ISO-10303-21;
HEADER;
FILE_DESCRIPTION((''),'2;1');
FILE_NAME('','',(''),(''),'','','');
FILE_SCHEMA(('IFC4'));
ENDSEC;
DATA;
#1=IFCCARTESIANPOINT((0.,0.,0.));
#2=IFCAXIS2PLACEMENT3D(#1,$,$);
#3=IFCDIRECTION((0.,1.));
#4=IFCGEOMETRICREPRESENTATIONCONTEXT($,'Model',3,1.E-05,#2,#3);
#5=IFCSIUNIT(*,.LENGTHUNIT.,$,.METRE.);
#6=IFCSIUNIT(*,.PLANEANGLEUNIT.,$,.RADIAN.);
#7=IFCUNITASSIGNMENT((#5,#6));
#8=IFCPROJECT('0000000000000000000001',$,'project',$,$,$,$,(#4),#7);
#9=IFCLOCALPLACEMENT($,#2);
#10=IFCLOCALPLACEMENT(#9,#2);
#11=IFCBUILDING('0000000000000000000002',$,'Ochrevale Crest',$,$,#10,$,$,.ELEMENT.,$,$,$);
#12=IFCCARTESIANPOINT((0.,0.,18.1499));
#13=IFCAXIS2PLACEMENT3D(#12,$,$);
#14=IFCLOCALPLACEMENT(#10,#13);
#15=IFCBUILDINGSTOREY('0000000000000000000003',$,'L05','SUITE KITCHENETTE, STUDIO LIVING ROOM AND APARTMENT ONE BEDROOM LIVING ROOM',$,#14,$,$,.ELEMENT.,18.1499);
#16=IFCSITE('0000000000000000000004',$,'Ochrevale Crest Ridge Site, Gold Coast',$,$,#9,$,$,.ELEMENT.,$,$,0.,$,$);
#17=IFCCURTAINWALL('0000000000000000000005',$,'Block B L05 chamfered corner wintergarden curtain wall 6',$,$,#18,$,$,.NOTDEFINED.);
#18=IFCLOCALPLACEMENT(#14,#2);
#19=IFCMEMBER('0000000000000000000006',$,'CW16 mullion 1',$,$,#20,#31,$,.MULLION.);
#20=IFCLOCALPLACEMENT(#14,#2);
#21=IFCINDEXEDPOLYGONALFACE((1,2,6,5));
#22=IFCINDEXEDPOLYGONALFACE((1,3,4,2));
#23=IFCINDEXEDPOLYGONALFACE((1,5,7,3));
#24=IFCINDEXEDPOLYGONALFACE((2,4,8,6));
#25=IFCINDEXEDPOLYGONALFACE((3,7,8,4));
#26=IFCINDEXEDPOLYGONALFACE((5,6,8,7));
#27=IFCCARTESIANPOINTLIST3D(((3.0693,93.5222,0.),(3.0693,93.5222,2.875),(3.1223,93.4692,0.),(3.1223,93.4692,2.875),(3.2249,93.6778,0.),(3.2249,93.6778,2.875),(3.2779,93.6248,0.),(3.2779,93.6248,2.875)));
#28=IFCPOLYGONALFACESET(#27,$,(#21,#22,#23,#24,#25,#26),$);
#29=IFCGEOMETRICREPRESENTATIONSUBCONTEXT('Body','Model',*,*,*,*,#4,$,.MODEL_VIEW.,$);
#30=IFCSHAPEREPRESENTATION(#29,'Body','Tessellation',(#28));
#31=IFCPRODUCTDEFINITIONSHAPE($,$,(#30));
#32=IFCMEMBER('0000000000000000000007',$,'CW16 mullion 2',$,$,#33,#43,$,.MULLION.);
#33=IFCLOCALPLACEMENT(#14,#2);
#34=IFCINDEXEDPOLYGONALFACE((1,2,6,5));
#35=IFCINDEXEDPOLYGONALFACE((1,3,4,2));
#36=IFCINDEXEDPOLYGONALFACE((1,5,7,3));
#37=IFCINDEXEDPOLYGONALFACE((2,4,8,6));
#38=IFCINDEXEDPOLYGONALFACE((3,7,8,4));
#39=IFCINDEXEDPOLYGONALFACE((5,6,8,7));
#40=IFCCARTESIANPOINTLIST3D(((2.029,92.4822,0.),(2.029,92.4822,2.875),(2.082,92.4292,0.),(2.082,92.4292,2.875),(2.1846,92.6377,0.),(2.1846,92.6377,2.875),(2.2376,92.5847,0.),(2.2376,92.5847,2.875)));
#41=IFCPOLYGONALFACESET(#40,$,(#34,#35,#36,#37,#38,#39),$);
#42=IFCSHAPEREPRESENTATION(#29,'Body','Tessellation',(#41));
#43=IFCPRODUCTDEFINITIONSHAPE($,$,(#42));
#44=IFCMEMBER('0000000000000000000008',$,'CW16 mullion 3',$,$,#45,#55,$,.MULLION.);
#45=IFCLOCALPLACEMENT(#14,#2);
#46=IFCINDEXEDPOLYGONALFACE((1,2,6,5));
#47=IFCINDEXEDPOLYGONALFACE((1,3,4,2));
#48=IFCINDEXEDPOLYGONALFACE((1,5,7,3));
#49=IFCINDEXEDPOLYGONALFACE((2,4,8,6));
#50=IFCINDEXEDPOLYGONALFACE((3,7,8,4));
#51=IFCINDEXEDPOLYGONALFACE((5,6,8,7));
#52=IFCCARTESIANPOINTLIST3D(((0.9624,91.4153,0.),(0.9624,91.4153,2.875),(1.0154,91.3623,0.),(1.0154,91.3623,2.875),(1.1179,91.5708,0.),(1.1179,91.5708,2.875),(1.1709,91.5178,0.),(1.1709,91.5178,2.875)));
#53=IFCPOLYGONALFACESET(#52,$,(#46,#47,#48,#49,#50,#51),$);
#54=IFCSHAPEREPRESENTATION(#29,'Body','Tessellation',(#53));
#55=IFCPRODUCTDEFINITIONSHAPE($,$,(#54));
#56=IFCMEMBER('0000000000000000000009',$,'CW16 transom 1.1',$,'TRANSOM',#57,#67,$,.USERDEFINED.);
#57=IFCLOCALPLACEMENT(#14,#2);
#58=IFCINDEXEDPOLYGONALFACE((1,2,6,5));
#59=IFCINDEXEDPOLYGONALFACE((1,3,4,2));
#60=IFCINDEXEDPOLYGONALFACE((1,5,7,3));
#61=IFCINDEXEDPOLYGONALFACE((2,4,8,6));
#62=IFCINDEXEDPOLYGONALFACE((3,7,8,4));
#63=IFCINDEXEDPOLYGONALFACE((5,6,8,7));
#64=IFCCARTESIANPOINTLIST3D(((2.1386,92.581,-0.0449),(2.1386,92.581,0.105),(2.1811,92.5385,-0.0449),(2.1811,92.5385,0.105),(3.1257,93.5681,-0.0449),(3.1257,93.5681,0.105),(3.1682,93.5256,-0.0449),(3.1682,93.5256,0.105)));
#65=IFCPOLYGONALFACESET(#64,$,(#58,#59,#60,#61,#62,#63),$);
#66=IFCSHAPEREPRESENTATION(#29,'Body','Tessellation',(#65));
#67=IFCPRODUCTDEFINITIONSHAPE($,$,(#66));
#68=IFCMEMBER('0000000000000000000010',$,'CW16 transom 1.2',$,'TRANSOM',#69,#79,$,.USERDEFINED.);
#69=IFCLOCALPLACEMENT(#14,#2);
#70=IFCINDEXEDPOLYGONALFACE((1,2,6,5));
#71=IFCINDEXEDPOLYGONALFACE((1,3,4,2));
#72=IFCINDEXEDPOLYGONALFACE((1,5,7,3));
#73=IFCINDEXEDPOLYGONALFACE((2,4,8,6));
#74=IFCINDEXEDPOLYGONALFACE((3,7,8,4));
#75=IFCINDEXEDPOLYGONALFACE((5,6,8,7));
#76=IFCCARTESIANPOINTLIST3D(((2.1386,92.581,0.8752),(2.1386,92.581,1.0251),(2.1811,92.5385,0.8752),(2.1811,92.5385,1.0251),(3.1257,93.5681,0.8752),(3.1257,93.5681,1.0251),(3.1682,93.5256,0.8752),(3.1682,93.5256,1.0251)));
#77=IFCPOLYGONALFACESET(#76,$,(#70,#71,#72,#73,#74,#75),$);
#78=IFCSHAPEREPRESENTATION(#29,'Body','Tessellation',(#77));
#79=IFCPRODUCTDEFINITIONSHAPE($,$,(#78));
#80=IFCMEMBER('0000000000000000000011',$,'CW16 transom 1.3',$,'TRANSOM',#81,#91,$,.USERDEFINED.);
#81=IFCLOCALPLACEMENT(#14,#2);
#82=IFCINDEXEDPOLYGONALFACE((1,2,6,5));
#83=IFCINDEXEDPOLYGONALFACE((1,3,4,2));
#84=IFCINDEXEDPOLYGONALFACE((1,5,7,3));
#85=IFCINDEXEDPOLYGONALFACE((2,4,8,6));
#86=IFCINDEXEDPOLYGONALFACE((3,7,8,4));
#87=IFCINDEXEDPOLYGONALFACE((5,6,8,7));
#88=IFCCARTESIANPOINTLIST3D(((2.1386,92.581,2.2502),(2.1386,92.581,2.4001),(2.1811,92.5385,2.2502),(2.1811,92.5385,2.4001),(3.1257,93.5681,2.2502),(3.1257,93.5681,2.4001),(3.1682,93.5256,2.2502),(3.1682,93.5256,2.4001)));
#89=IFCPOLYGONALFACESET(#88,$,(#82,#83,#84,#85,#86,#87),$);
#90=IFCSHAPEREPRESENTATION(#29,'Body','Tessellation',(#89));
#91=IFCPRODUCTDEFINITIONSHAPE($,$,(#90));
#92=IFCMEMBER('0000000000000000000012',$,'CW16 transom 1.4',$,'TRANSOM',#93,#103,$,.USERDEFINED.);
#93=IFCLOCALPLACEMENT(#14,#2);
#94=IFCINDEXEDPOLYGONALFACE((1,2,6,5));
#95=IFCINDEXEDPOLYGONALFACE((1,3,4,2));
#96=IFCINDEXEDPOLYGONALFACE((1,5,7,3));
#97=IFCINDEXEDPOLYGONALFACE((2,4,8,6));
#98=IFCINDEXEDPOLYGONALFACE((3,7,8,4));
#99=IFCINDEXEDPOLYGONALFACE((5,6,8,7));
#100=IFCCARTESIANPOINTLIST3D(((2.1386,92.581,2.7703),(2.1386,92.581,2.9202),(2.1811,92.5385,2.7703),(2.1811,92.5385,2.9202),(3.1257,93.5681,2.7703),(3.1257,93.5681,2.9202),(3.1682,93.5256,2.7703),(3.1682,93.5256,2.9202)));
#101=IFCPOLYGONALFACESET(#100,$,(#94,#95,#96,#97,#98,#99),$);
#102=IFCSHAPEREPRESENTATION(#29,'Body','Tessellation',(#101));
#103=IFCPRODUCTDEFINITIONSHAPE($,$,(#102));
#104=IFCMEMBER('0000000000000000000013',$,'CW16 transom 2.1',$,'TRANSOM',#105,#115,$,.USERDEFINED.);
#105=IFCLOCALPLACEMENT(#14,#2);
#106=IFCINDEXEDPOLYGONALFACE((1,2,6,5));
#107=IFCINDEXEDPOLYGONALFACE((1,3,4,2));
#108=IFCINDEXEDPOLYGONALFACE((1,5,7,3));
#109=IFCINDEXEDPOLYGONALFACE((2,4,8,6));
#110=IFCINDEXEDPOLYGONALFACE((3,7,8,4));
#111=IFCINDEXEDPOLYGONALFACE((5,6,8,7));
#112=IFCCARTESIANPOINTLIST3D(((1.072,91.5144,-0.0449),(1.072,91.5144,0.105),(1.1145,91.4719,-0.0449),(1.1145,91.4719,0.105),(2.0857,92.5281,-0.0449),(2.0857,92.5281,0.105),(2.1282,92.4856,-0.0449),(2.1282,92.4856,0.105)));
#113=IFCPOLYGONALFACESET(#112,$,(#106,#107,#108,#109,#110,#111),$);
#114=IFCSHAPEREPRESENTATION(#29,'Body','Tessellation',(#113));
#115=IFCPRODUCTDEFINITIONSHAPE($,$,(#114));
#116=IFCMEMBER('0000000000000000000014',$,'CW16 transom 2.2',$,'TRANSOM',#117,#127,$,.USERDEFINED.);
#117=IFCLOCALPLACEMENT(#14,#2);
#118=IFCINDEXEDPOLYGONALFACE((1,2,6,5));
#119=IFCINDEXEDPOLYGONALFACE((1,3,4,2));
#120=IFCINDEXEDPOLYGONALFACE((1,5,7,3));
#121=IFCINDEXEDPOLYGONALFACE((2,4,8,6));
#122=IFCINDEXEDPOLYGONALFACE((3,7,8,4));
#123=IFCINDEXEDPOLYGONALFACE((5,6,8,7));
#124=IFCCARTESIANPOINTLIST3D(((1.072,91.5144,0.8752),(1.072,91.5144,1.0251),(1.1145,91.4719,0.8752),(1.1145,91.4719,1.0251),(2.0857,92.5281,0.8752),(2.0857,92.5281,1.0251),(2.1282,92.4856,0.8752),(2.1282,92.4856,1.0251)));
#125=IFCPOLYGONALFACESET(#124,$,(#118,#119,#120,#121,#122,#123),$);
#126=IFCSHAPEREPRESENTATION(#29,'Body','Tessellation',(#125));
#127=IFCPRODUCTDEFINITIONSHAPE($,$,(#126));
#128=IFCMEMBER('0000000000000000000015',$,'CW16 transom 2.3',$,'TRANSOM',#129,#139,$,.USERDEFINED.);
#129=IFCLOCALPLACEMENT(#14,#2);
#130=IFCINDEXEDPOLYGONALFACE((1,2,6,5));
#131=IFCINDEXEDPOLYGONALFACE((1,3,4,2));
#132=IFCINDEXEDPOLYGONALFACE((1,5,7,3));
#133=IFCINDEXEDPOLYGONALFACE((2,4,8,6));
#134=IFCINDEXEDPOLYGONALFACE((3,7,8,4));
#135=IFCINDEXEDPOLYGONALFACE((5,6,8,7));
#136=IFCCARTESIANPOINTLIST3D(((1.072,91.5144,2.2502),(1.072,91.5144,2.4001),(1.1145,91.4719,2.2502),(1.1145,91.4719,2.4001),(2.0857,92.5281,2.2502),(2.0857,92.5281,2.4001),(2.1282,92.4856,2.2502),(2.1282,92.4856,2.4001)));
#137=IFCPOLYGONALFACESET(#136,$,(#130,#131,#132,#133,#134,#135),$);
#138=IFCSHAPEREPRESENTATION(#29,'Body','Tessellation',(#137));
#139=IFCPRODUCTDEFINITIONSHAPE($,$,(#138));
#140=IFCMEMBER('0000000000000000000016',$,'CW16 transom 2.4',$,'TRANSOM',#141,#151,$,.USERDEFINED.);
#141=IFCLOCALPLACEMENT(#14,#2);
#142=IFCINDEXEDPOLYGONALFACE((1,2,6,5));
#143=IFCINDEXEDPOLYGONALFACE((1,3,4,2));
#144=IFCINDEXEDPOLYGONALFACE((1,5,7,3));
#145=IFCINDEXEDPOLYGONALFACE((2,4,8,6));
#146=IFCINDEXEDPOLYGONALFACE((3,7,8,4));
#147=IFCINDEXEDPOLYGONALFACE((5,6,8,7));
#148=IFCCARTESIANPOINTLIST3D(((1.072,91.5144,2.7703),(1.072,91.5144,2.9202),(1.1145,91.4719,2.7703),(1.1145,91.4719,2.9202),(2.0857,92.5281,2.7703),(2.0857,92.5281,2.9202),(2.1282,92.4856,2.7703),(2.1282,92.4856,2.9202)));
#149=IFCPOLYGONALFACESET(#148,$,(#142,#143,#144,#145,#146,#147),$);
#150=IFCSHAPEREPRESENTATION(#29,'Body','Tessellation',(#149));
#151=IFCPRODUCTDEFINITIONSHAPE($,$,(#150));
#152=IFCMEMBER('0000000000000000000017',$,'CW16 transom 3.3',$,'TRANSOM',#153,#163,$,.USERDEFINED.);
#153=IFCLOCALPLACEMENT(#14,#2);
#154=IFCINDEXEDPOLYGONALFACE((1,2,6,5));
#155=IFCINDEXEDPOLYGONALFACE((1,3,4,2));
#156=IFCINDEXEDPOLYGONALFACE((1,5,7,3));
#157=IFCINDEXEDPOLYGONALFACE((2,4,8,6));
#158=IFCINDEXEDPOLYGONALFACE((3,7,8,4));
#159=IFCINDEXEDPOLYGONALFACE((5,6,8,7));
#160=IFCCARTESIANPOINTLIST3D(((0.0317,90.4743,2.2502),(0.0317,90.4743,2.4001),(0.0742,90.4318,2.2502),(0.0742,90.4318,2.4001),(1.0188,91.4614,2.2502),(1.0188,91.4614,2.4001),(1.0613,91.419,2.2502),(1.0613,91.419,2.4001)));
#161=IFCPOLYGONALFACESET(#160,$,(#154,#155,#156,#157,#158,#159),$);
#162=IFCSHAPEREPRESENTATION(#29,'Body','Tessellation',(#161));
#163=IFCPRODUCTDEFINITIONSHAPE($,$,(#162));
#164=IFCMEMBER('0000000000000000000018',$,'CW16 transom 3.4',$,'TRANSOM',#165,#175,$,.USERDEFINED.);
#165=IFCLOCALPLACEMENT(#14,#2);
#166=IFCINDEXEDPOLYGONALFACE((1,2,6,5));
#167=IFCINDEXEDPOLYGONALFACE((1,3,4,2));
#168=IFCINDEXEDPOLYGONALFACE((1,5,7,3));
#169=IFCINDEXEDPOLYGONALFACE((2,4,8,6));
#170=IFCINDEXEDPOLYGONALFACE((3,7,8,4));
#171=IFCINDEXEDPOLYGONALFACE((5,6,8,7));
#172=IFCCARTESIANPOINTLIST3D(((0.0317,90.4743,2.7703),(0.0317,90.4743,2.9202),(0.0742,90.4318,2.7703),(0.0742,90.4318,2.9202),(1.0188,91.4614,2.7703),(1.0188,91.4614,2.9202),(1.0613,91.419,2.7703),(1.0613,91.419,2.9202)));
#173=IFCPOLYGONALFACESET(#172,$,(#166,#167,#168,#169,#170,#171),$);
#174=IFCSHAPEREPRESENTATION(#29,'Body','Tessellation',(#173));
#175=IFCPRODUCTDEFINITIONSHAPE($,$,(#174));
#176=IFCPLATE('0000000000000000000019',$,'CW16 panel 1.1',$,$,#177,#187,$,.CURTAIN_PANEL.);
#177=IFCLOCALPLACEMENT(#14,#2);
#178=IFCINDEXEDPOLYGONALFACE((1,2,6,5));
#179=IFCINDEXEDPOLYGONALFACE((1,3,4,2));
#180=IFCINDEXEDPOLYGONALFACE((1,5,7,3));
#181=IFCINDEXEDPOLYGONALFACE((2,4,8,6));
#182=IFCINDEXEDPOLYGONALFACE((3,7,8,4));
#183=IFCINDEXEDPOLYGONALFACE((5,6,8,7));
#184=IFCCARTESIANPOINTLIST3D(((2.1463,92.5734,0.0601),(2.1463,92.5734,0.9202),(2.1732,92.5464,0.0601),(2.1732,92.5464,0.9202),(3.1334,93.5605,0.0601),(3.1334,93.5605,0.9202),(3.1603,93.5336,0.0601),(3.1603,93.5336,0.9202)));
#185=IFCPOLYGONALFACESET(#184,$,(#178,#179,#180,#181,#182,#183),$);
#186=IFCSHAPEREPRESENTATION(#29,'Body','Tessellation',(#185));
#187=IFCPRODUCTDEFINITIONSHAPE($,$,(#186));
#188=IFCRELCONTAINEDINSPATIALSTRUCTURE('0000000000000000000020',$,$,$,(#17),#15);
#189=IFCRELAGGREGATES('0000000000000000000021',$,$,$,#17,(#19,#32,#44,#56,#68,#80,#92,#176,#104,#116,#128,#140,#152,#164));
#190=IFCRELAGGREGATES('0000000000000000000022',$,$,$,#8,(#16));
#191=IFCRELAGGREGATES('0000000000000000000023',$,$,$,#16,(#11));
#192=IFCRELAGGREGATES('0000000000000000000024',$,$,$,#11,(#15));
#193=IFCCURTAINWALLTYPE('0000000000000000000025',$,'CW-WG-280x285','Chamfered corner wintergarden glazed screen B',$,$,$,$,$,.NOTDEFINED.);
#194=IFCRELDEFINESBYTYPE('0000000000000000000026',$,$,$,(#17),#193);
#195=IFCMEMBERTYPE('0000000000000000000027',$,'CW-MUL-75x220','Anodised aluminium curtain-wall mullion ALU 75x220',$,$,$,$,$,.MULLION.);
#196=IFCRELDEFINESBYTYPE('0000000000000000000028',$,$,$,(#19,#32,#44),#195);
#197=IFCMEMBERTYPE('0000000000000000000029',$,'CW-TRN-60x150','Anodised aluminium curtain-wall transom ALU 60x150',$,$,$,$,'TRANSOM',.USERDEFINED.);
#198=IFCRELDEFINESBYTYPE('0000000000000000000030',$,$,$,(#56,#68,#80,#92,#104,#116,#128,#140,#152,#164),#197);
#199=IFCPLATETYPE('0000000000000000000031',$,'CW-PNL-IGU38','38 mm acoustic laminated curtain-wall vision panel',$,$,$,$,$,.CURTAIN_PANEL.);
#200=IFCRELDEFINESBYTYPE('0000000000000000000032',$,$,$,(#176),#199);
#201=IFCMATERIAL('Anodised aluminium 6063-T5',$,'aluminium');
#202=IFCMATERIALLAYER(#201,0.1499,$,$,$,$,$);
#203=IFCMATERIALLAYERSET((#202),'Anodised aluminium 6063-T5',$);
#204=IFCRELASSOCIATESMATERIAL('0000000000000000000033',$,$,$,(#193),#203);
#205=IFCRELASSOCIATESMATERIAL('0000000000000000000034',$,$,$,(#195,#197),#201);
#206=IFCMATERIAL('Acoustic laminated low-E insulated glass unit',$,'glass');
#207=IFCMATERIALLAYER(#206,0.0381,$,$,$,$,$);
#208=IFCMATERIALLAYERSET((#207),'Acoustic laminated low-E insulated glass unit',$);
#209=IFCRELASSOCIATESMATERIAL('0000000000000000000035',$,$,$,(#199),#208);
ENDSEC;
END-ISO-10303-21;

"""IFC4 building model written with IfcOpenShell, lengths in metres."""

from ifc_helpers import new_model, si_unit, direction, frame, origin, origin_2d, place, context, subcontext, project, spatial, rectangle, extrude, material, layer, layer_set, material_profile, profile_set, type_object, element, aggregate, save


model = new_model("IFC4")

# Units and contexts
model_context = context("Model", 3, precision=1e-05, world=origin(), true_north=direction((0.0, 1.0)))
body_context = subcontext(model_context, "Body", "Model", "MODEL_VIEW")
ifc_project = project(units=[si_unit("LENGTHUNIT", "METRE"), si_unit("PLANEANGLEUNIT", "RADIAN")], contexts=[model_context])

# Site, building, storey
site_placement = place(None, origin())
site = spatial("IfcSite", under=ifc_project, at=site_placement, Name="Ochrevale Crest Ridge Site, Gold Coast", CompositionType="ELEMENT", RefElevation=0.0)
building_placement = place(site_placement, origin())
building = spatial("IfcBuilding", under=site, at=building_placement, Name="Ochrevale Crest", CompositionType="ELEMENT")
storey_placement = place(building_placement, frame((0.0, 0.0, 18.1499)))
storey = spatial("IfcBuildingStorey", under=building, at=storey_placement, Name="L05", Description="SUITE KITCHENETTE, STUDIO LIVING ROOM AND APARTMENT ONE BEDROOM LIVING ROOM", CompositionType="ELEMENT", Elevation=18.1499)

# Curtain wall, members, plate
ifc_material_1 = material(Name="Anodised aluminium 6063-T5", Category="aluminium")
ifc_layer_1 = layer(ifc_material_1, 0.1499)
ifc_layer_set_1 = layer_set([ifc_layer_1], Name="Anodised aluminium 6063-T5")
curtain_wall_type = type_object("IfcCurtainWallType", Name="CW-WG-280x285", Description="Chamfered corner wintergarden glazed screen B", PredefinedType="NOTDEFINED", material=ifc_layer_set_1)
curtain_wall_placement = place(storey_placement, origin())
curtain_wall = element("IfcCurtainWall", 1, at=curtain_wall_placement, inside=storey, type_object=curtain_wall_type, Name="Block B L05 chamfered corner wintergarden curtain wall 6", PredefinedType="NOTDEFINED")
ifc_material_profile_1 = material_profile(ifc_material_1, rectangle(XDim=0.075, YDim=0.22, at=origin_2d()), Name="ALU 75x220")
ifc_profile_set_1 = profile_set([ifc_material_profile_1], Name="Anodised aluminium 6063-T5")
member_type_1 = type_object("IfcMemberType", Name="CW-MUL-75x220", Description="Anodised aluminium curtain-wall mullion ALU 75x220", PredefinedType="MULLION", material=ifc_profile_set_1)
member_1_placement = place(storey_placement, frame((3.1736, 93.5735, 0.0), z_axis=(0.0, 0.0, 1.0), x_axis=(0.707107, -0.707107, 0.0)))
member_1 = element("IfcMember", 2, at=member_1_placement, type_object=member_type_1, Name="CW16 mullion 1", PredefinedType="MULLION", context=body_context, shape_type="SweptSolid", body=[
    extrude(rectangle(XDim=0.075, YDim=0.22, at=origin_2d()), origin(), (0.0, 0.0, 1.0), 2.875),
])
member_2_placement = place(storey_placement, frame((2.1333, 92.5334, 0.0), z_axis=(0.0, 0.0, 1.0), x_axis=(0.707107, -0.707107, 0.0)))
member_2 = element("IfcMember", 3, at=member_2_placement, type_object=member_type_1, Name="CW16 mullion 2", PredefinedType="MULLION", context=body_context, shape_type="SweptSolid", body=[
    extrude(rectangle(XDim=0.075, YDim=0.22, at=origin_2d()), origin(), (0.0, 0.0, 1.0), 2.875),
])
member_3_placement = place(storey_placement, frame((1.0667, 91.4666, 0.0), z_axis=(0.0, 0.0, 1.0), x_axis=(0.707107, -0.707107, 0.0)))
member_3 = element("IfcMember", 4, at=member_3_placement, type_object=member_type_1, Name="CW16 mullion 3", PredefinedType="MULLION", context=body_context, shape_type="SweptSolid", body=[
    extrude(rectangle(XDim=0.075, YDim=0.22, at=origin_2d()), origin(), (0.0, 0.0, 1.0), 2.875),
])
ifc_material_profile_2 = material_profile(ifc_material_1, rectangle(XDim=0.0601, YDim=0.1499, at=origin_2d()), Name="ALU 60x150")
ifc_profile_set_2 = profile_set([ifc_material_profile_2], Name="Anodised aluminium 6063-T5")
member_type_2 = type_object("IfcMemberType", Name="CW-TRN-60x150", Description="Anodised aluminium curtain-wall transom ALU 60x150", ElementType="TRANSOM", PredefinedType="USERDEFINED", material=ifc_profile_set_2)
member_4_placement = place(storey_placement, frame((3.147, 93.5469, 0.03), z_axis=(-0.707107, -0.707107, 0.0), x_axis=(0.707107, -0.707107, 0.0)))
member_4 = element("IfcMember", 5, at=member_4_placement, type_object=member_type_2, Name="CW16 transom 1.1", ObjectType="TRANSOM", PredefinedType="USERDEFINED", context=body_context, shape_type="SweptSolid", body=[
    extrude(rectangle(XDim=0.0601, YDim=0.1499, at=origin_2d()), origin(), (0.0, 0.0, 1.0), 1.396),
])
member_5_placement = place(storey_placement, frame((3.147, 93.5469, 0.9502), z_axis=(-0.707107, -0.707107, 0.0), x_axis=(0.707107, -0.707107, 0.0)))
member_5 = element("IfcMember", 6, at=member_5_placement, type_object=member_type_2, Name="CW16 transom 1.2", ObjectType="TRANSOM", PredefinedType="USERDEFINED", context=body_context, shape_type="SweptSolid", body=[
    extrude(rectangle(XDim=0.0601, YDim=0.1499, at=origin_2d()), origin(), (0.0, 0.0, 1.0), 1.396),
])
member_6_placement = place(storey_placement, frame((3.147, 93.5469, 2.3252), z_axis=(-0.707107, -0.707107, 0.0), x_axis=(0.707107, -0.707107, 0.0)))
member_6 = element("IfcMember", 7, at=member_6_placement, type_object=member_type_2, Name="CW16 transom 1.3", ObjectType="TRANSOM", PredefinedType="USERDEFINED", context=body_context, shape_type="SweptSolid", body=[
    extrude(rectangle(XDim=0.0601, YDim=0.1499, at=origin_2d()), origin(), (0.0, 0.0, 1.0), 1.396),
])
member_7_placement = place(storey_placement, frame((3.147, 93.5469, 2.8452), z_axis=(-0.707107, -0.707107, 0.0), x_axis=(0.707107, -0.707107, 0.0)))
member_7 = element("IfcMember", 8, at=member_7_placement, type_object=member_type_2, Name="CW16 transom 1.4", ObjectType="TRANSOM", PredefinedType="USERDEFINED", context=body_context, shape_type="SweptSolid", body=[
    extrude(rectangle(XDim=0.0601, YDim=0.1499, at=origin_2d()), origin(), (0.0, 0.0, 1.0), 1.396),
])
member_8_placement = place(storey_placement, frame((2.1069, 92.5068, 0.03), z_axis=(-0.707107, -0.707107, 0.0), x_axis=(0.707107, -0.707107, 0.0)))
member_8 = element("IfcMember", 9, at=member_8_placement, type_object=member_type_2, Name="CW16 transom 2.1", ObjectType="TRANSOM", PredefinedType="USERDEFINED", context=body_context, shape_type="SweptSolid", body=[
    extrude(rectangle(XDim=0.0601, YDim=0.1499, at=origin_2d()), origin(), (0.0, 0.0, 1.0), 1.4336),
])
member_9_placement = place(storey_placement, frame((2.1069, 92.5068, 0.9502), z_axis=(-0.707107, -0.707107, 0.0), x_axis=(0.707107, -0.707107, 0.0)))
member_9 = element("IfcMember", 10, at=member_9_placement, type_object=member_type_2, Name="CW16 transom 2.2", ObjectType="TRANSOM", PredefinedType="USERDEFINED", context=body_context, shape_type="SweptSolid", body=[
    extrude(rectangle(XDim=0.0601, YDim=0.1499, at=origin_2d()), origin(), (0.0, 0.0, 1.0), 1.4336),
])
member_10_placement = place(storey_placement, frame((2.1069, 92.5068, 2.3252), z_axis=(-0.707107, -0.707107, 0.0), x_axis=(0.707107, -0.707107, 0.0)))
member_10 = element("IfcMember", 11, at=member_10_placement, type_object=member_type_2, Name="CW16 transom 2.3", ObjectType="TRANSOM", PredefinedType="USERDEFINED", context=body_context, shape_type="SweptSolid", body=[
    extrude(rectangle(XDim=0.0601, YDim=0.1499, at=origin_2d()), origin(), (0.0, 0.0, 1.0), 1.4336),
])
member_11_placement = place(storey_placement, frame((2.1069, 92.5068, 2.8452), z_axis=(-0.707107, -0.707107, 0.0), x_axis=(0.707107, -0.707107, 0.0)))
member_11 = element("IfcMember", 12, at=member_11_placement, type_object=member_type_2, Name="CW16 transom 2.4", ObjectType="TRANSOM", PredefinedType="USERDEFINED", context=body_context, shape_type="SweptSolid", body=[
    extrude(rectangle(XDim=0.0601, YDim=0.1499, at=origin_2d()), origin(), (0.0, 0.0, 1.0), 1.4336),
])
member_12_placement = place(storey_placement, frame((1.04, 91.4402, 2.3252), z_axis=(-0.707107, -0.707107, 0.0), x_axis=(0.707107, -0.707107, 0.0)))
member_12 = element("IfcMember", 13, at=member_12_placement, type_object=member_type_2, Name="CW16 transom 3.3", ObjectType="TRANSOM", PredefinedType="USERDEFINED", context=body_context, shape_type="SweptSolid", body=[
    extrude(rectangle(XDim=0.0601, YDim=0.1499, at=origin_2d()), origin(), (0.0, 0.0, 1.0), 1.396),
])
member_13_placement = place(storey_placement, frame((1.04, 91.4402, 2.8452), z_axis=(-0.707107, -0.707107, 0.0), x_axis=(0.707107, -0.707107, 0.0)))
member_13 = element("IfcMember", 14, at=member_13_placement, type_object=member_type_2, Name="CW16 transom 3.4", ObjectType="TRANSOM", PredefinedType="USERDEFINED", context=body_context, shape_type="SweptSolid", body=[
    extrude(rectangle(XDim=0.0601, YDim=0.1499, at=origin_2d()), origin(), (0.0, 0.0, 1.0), 1.396),
])
ifc_material_2 = material(Name="Acoustic laminated low-E insulated glass unit", Category="glass")
ifc_layer_2 = layer(ifc_material_2, 0.0381)
ifc_layer_set_2 = layer_set([ifc_layer_2], Name="Acoustic laminated low-E insulated glass unit")
plate_type = type_object("IfcPlateType", Name="CW-PNL-IGU38", Description="38 mm acoustic laminated curtain-wall vision panel", PredefinedType="CURTAIN_PANEL", material=ifc_layer_set_2)
plate_1_placement = place(storey_placement, frame((2.6533, 93.0535, 0.0601), z_axis=(0.0, 0.0, 1.0), x_axis=(-0.707107, -0.707107, 0.0)))
plate_1 = element("IfcPlate", 15, at=plate_1_placement, type_object=plate_type, Name="CW16 panel 1.1", PredefinedType="CURTAIN_PANEL", context=body_context, shape_type="SweptSolid", body=[
    extrude(rectangle(XDim=1.396, YDim=0.0381, at=origin_2d()), origin(), (0.0, 0.0, 1.0), 0.8601),
])
aggregate(curtain_wall, [member_1, member_2, member_3, member_4, member_5, member_6, member_7, plate_1, member_8, member_9, member_10, member_11, member_12, member_13])

save(model, "model.ifc")
